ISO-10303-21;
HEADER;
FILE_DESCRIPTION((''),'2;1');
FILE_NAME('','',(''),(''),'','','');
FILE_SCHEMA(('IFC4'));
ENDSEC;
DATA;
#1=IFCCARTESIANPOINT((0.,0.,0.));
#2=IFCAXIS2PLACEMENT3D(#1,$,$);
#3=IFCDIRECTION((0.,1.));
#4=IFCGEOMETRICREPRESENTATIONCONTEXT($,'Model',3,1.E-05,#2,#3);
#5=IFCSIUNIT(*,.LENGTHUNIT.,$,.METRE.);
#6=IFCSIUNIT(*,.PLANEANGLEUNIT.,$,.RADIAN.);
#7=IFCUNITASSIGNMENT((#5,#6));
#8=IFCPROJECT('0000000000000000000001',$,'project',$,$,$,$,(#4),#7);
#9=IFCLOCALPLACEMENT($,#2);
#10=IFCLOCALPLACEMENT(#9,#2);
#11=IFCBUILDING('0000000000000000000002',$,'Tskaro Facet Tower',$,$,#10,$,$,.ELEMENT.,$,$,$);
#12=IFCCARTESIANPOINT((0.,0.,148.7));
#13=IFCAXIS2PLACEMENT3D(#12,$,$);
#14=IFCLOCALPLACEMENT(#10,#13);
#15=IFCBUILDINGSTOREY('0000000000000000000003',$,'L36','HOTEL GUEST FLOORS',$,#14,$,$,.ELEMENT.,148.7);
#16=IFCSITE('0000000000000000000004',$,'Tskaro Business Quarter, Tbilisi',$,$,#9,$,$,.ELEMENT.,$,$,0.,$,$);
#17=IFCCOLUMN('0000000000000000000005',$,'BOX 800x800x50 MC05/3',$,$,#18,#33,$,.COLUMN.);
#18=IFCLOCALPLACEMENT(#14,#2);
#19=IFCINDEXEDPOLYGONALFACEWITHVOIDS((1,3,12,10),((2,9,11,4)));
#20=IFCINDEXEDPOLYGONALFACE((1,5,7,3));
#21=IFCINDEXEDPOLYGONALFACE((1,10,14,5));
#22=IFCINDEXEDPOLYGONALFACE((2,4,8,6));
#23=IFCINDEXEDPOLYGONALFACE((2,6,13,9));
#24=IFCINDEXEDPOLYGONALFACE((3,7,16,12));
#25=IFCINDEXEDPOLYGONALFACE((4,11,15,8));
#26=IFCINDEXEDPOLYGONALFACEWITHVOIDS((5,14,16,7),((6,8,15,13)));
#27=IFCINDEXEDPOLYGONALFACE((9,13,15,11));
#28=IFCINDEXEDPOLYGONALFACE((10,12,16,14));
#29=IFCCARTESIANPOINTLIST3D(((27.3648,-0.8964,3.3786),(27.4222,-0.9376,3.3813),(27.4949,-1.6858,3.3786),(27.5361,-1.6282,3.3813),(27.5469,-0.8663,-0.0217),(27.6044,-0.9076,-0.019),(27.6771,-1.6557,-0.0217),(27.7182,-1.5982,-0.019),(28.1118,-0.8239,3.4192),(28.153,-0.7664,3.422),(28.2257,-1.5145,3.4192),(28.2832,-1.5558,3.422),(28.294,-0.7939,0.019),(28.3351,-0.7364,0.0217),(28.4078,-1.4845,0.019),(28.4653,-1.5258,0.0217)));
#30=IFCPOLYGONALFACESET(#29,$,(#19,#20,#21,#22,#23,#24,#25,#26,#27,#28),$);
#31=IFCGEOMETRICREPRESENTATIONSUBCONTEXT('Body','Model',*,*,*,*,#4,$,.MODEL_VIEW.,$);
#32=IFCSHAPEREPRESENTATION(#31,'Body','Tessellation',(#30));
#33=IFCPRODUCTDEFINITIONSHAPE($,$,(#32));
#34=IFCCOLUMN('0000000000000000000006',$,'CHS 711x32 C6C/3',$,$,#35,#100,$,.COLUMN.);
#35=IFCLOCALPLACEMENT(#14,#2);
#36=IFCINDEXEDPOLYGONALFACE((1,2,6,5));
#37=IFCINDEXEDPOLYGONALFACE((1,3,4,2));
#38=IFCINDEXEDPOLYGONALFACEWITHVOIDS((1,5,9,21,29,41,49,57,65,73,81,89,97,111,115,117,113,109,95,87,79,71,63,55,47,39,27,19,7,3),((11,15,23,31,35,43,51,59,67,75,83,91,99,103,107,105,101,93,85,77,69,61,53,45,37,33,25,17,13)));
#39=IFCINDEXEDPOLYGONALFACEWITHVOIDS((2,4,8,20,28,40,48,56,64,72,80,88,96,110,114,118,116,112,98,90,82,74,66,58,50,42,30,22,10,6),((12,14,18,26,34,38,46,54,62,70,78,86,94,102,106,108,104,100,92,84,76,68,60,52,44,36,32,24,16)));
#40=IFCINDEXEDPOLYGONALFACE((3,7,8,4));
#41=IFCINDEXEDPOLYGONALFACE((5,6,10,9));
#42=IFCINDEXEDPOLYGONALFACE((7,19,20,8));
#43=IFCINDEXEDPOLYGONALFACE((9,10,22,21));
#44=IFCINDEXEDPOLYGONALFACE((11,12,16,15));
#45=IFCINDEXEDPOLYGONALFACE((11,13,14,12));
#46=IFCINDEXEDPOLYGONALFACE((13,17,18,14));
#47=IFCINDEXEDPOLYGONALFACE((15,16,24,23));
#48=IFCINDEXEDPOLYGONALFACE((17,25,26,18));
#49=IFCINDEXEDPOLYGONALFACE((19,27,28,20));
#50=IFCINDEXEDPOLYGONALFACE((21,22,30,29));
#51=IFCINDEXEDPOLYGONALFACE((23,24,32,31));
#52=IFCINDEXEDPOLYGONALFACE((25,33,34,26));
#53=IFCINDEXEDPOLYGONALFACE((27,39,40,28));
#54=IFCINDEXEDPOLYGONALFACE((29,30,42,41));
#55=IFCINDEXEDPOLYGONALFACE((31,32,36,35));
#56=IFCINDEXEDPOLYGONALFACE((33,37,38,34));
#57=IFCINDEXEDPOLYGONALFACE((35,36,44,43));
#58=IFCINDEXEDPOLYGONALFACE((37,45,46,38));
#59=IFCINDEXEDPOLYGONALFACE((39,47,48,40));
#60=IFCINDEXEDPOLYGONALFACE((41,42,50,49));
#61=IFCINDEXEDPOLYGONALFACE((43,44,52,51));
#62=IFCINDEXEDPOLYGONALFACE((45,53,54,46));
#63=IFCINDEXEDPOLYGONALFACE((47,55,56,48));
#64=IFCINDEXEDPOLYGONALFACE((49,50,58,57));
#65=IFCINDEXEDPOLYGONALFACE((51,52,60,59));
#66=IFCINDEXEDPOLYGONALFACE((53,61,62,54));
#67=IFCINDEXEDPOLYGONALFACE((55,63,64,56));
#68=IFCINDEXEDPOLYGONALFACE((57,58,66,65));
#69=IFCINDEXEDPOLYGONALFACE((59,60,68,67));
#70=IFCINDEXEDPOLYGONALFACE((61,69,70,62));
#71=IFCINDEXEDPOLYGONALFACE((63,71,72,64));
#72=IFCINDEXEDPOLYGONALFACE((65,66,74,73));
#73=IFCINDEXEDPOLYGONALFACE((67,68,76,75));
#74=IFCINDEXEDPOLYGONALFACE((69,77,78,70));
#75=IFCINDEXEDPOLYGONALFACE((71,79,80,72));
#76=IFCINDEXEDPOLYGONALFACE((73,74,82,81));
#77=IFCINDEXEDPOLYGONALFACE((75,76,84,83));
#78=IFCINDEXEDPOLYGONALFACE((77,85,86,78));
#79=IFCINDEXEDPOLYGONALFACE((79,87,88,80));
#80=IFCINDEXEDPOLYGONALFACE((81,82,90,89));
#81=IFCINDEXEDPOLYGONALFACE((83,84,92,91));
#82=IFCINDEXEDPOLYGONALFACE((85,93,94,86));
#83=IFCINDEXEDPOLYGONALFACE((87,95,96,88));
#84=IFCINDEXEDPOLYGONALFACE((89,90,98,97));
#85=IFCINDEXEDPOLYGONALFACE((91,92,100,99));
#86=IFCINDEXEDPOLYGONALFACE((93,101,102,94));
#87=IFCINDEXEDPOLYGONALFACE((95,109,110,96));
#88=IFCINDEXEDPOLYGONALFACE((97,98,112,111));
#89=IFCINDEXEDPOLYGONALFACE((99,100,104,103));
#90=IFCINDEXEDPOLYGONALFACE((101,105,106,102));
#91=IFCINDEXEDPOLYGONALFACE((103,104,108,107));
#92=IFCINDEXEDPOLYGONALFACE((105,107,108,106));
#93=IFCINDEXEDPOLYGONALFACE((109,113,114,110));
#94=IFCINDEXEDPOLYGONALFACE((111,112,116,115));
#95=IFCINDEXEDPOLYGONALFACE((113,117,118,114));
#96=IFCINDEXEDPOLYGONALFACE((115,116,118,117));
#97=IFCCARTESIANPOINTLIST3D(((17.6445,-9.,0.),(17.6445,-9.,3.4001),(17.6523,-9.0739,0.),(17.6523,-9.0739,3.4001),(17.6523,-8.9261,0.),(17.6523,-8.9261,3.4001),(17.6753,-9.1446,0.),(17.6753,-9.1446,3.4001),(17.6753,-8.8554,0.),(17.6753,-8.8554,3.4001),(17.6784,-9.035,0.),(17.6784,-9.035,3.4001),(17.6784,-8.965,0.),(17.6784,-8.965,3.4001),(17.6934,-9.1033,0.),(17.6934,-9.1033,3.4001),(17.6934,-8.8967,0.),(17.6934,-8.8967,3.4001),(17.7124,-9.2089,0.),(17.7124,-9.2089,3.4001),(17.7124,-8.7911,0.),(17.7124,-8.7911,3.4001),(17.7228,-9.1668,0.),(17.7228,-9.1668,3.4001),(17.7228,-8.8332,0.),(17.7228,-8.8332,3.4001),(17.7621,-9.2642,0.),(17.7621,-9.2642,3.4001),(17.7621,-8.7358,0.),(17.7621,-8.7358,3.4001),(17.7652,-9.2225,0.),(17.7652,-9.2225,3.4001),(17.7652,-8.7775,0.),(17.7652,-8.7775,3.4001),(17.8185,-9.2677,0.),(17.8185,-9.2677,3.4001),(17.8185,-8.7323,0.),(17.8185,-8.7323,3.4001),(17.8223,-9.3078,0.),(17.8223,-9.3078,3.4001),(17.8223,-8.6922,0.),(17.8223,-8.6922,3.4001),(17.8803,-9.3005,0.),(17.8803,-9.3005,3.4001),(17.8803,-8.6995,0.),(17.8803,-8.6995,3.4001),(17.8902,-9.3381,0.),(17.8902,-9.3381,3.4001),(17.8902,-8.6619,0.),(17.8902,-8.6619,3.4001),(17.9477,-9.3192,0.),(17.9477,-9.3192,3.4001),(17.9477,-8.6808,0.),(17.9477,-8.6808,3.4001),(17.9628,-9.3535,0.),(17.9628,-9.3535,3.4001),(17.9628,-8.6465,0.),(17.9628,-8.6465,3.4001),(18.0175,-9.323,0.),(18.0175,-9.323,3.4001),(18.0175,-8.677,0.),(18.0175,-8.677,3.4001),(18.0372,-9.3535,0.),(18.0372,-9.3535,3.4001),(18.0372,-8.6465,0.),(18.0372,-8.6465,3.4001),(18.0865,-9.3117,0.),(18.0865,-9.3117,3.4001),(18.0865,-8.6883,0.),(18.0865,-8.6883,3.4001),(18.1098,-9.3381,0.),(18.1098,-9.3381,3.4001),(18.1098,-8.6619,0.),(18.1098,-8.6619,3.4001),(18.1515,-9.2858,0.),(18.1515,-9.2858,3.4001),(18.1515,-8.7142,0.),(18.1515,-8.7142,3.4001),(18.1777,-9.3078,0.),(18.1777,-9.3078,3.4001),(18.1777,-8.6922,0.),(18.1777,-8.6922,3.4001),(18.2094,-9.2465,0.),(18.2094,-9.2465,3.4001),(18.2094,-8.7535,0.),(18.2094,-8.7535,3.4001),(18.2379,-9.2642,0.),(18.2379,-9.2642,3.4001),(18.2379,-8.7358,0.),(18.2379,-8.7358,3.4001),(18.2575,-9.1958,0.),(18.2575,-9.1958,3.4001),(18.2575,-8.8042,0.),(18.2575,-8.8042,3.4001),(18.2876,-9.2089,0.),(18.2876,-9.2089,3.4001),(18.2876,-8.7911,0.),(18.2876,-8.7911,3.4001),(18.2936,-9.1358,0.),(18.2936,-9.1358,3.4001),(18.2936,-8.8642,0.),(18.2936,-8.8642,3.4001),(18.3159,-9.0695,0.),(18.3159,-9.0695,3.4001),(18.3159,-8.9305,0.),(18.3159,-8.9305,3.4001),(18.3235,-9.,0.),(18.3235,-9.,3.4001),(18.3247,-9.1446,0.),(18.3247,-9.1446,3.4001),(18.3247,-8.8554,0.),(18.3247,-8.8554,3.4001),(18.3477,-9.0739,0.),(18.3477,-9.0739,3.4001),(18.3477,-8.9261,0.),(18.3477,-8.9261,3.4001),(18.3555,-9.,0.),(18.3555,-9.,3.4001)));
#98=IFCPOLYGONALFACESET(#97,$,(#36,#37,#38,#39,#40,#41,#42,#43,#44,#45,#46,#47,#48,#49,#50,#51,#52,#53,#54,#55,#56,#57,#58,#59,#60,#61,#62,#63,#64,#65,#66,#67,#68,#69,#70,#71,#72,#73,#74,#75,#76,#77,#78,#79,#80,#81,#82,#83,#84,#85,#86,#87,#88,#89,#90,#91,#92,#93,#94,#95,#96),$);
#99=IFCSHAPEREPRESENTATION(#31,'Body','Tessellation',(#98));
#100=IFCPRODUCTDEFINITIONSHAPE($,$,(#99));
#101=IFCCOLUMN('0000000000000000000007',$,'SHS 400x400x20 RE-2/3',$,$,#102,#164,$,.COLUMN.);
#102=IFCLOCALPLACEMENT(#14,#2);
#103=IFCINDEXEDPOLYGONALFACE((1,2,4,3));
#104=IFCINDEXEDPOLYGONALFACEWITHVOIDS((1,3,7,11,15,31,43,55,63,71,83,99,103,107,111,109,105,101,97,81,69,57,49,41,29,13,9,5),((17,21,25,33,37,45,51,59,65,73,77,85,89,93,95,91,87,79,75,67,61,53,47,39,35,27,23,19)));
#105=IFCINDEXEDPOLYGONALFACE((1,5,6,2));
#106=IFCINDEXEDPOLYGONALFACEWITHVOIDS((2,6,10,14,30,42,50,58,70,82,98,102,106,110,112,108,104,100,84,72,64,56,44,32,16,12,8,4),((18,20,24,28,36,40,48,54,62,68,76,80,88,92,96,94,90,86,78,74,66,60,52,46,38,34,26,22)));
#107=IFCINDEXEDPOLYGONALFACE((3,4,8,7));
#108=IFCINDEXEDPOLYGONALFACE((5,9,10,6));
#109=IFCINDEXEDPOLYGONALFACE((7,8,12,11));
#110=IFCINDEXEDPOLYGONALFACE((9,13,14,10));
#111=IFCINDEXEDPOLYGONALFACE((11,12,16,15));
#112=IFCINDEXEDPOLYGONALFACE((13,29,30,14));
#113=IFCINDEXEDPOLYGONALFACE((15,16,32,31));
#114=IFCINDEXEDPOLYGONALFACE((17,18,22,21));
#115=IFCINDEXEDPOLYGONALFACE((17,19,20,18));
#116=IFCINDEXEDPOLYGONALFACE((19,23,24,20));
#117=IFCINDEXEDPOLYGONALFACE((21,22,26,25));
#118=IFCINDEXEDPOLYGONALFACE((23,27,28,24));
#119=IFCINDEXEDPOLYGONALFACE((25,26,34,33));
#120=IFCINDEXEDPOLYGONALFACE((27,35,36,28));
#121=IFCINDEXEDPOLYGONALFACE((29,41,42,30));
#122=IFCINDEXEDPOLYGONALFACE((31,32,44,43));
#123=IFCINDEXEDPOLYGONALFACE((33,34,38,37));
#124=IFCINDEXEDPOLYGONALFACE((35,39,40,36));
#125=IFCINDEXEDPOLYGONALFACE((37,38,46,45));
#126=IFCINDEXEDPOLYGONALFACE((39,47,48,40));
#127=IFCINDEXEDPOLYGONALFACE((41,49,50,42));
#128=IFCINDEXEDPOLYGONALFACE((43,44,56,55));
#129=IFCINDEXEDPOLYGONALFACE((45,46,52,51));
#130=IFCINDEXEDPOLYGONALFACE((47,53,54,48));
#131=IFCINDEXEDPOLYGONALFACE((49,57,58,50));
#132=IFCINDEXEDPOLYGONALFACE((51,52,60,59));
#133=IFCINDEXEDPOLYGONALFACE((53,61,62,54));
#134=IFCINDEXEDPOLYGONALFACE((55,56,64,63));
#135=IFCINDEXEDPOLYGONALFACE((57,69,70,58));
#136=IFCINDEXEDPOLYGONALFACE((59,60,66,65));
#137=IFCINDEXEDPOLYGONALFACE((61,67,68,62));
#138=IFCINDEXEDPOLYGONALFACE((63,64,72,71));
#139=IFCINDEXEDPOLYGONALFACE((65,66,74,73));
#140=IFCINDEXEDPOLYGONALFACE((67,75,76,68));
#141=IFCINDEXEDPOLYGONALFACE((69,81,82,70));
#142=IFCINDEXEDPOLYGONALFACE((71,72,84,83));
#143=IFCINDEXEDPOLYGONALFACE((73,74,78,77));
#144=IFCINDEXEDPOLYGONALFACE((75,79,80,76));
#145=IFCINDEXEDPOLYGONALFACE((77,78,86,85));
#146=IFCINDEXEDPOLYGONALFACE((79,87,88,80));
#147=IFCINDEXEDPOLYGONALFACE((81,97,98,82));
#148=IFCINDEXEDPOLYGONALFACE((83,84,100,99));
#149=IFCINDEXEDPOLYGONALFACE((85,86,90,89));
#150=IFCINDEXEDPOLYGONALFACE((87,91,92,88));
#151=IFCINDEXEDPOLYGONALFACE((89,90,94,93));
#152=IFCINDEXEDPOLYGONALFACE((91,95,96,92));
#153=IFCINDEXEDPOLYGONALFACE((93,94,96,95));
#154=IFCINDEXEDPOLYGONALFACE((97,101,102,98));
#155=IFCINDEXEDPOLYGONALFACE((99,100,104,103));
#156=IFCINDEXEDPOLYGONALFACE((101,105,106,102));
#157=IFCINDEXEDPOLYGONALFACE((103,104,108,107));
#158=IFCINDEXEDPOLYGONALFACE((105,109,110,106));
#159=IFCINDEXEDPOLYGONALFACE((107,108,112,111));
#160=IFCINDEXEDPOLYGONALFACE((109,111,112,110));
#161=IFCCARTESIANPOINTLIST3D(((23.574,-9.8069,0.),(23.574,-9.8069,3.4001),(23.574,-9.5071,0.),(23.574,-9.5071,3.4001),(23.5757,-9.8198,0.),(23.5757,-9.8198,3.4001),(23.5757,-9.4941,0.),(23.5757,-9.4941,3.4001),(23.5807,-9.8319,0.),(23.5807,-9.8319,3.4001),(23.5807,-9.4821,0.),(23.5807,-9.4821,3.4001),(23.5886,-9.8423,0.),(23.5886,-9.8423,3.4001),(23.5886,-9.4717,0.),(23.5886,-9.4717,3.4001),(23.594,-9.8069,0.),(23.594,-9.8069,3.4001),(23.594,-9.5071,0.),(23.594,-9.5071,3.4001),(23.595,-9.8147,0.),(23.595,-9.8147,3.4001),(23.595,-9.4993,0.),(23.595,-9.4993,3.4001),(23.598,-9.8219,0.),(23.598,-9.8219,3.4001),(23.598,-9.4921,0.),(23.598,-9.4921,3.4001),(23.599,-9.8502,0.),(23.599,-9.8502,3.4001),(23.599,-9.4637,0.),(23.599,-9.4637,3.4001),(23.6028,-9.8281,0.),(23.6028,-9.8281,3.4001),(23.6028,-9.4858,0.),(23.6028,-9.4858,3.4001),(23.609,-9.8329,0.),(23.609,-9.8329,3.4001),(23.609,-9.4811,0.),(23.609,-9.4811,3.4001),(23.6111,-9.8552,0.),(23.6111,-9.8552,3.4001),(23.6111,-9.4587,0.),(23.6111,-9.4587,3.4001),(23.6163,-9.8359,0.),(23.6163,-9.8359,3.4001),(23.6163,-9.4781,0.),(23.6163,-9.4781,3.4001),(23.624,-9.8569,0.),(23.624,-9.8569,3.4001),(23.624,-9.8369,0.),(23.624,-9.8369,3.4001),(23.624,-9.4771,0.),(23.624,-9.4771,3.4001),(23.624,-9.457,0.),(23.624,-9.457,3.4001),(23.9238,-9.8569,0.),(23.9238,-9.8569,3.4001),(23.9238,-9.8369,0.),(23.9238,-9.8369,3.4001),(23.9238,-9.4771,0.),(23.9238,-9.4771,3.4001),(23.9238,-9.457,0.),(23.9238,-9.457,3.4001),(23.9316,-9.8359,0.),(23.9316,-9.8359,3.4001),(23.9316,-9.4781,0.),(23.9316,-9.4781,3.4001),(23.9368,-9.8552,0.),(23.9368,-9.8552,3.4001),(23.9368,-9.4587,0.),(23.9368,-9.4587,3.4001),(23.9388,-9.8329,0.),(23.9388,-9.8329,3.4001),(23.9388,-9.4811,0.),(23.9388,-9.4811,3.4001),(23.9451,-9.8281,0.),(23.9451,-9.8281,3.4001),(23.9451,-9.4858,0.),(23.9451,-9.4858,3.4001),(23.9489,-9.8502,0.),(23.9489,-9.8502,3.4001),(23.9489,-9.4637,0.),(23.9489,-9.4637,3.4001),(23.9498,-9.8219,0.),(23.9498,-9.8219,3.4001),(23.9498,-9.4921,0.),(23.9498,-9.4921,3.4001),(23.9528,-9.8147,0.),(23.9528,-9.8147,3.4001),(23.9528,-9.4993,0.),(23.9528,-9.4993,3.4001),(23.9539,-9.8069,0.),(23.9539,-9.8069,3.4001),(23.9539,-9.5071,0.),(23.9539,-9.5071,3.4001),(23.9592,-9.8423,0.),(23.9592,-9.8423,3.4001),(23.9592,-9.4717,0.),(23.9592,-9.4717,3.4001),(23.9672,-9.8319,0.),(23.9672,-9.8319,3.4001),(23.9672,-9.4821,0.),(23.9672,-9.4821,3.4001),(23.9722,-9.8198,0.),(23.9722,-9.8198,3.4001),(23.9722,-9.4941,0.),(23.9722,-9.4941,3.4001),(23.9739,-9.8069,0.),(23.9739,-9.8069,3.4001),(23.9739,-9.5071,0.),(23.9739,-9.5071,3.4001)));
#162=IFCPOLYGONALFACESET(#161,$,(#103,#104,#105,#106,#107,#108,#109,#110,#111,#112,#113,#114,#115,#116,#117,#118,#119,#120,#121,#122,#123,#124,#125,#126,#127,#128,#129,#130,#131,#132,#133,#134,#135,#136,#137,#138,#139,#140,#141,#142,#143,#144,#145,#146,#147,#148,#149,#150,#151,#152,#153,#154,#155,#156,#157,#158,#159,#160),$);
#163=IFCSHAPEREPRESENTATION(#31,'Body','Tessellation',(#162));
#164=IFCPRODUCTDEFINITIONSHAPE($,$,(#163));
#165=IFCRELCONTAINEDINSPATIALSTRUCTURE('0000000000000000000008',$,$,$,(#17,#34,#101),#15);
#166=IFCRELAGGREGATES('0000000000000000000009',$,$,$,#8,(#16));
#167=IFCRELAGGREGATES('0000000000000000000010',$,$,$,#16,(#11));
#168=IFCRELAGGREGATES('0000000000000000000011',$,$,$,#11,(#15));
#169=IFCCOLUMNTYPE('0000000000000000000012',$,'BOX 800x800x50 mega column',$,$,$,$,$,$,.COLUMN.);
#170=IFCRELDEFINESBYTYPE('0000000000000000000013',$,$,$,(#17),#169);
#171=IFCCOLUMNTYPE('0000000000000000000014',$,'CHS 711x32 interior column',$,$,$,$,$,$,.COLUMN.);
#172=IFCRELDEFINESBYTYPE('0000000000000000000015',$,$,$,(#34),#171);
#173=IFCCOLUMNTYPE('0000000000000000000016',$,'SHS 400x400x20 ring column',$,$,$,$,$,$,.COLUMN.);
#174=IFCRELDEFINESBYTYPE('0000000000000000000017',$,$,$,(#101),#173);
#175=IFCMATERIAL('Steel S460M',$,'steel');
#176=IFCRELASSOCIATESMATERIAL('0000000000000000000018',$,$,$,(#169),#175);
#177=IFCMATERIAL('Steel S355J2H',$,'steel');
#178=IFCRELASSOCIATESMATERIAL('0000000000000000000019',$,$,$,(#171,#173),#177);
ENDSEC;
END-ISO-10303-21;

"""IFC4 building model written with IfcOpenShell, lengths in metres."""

from ifc_helpers import new_model, si_unit, direction, frame, origin, origin_2d, place, context, subcontext, project, spatial, hollow_rectangle, hollow_circle, extrude, material, material_profile, profile_set, type_object, element, save


model = new_model("IFC4")

# Units and contexts
model_context = context("Model", 3, precision=1e-05, world=origin(), true_north=direction((0.0, 1.0)))
body_context = subcontext(model_context, "Body", "Model", "MODEL_VIEW")
ifc_project = project(units=[si_unit("LENGTHUNIT", "METRE"), si_unit("PLANEANGLEUNIT", "RADIAN")], contexts=[model_context])

# Site, building, storey
site_placement = place(None, origin())
site = spatial("IfcSite", under=ifc_project, at=site_placement, Name="Tskaro Business Quarter, Tbilisi", CompositionType="ELEMENT", RefElevation=0.0)
building_placement = place(site_placement, origin())
building = spatial("IfcBuilding", under=site, at=building_placement, Name="Tskaro Facet Tower", CompositionType="ELEMENT")
storey_placement = place(building_placement, frame((0.0, 0.0, 148.7)))
storey = spatial("IfcBuildingStorey", under=building, at=storey_placement, Name="L36", Description="HOTEL GUEST FLOORS", CompositionType="ELEMENT", Elevation=148.7)

# Columns
ifc_material_1 = material(Name="Steel S460M", Category="steel")
ifc_material_profile_1 = material_profile(ifc_material_1, hollow_rectangle(XDim=0.8, YDim=0.8, WallThickness=0.05, at=origin_2d()), Name="BOX 800x800x50")
ifc_profile_set_1 = profile_set([ifc_material_profile_1], Name="Steel S460M")
column_type_1 = type_object("IfcColumnType", Name="BOX 800x800x50 mega column", PredefinedType="COLUMN", material=ifc_profile_set_1)
column_1_placement = place(storey_placement, frame((28.0061, -1.196, 0.0), z_axis=(-0.053486, -0.008819, 0.99853), x_axis=(0.162683, -0.986678, 0.0)))
element("IfcColumn", 1, at=column_1_placement, inside=storey, type_object=column_type_1, Name="BOX 800x800x50 MC05/3", PredefinedType="COLUMN", context=body_context, shape_type="SweptSolid", body=[
    extrude(hollow_rectangle(XDim=0.8, YDim=0.8, WallThickness=0.05, at=origin_2d()), origin(), (0.0, 0.0, 1.0), 3.4053),
])
ifc_material_2 = material(Name="Steel S355J2H", Category="steel")
ifc_material_profile_2 = material_profile(ifc_material_2, hollow_circle(Radius=0.3555, WallThickness=0.032, at=origin_2d()), Name="CHS 711x32")
ifc_profile_set_2 = profile_set([ifc_material_profile_2], Name="Steel S355J2H")
column_type_2 = type_object("IfcColumnType", Name="CHS 711x32 interior column", PredefinedType="COLUMN", material=ifc_profile_set_2)
column_2_placement = place(storey_placement, frame((18.0, -9.0, 0.0), z_axis=(0.0, 0.0, 1.0), x_axis=(1.0, 0.0, 0.0)))
element("IfcColumn", 2, at=column_2_placement, inside=storey, type_object=column_type_2, Name="CHS 711x32 C6C/3", PredefinedType="COLUMN", context=body_context, shape_type="SweptSolid", body=[
    extrude(hollow_circle(Radius=0.3555, WallThickness=0.032, at=origin_2d()), origin(), (0.0, 0.0, 1.0), 3.4001),
])
ifc_material_profile_3 = material_profile(ifc_material_2, hollow_rectangle(XDim=0.3999, YDim=0.3999, WallThickness=0.02, InnerFilletRadius=0.03, OuterFilletRadius=0.05, at=origin_2d()), Name="SHS 400x400x20")
ifc_profile_set_3 = profile_set([ifc_material_profile_3], Name="Steel S355J2H")
column_type_3 = type_object("IfcColumnType", Name="SHS 400x400x20 ring column", PredefinedType="COLUMN", material=ifc_profile_set_3)
for number, where, z_axis, x_axis, name in (
    (3, (23.7739, -9.657, 0.0), (0.0, 0.0, 1.0), (1.0, 0.0, 0.0), "SHS 400x400x20 RE-2/3"),
):
    element("IfcColumn", number, at=place(storey_placement, frame(where, z_axis=z_axis, x_axis=x_axis)), inside=storey, type_object=column_type_3, Name=name, PredefinedType="COLUMN", context=body_context, shape_type="SweptSolid", body=[
        extrude(hollow_rectangle(XDim=0.3999, YDim=0.3999, WallThickness=0.02, InnerFilletRadius=0.03, OuterFilletRadius=0.05, at=origin_2d()), origin(), (0.0, 0.0, 1.0), 3.4001),
    ])

save(model, "model.ifc")
